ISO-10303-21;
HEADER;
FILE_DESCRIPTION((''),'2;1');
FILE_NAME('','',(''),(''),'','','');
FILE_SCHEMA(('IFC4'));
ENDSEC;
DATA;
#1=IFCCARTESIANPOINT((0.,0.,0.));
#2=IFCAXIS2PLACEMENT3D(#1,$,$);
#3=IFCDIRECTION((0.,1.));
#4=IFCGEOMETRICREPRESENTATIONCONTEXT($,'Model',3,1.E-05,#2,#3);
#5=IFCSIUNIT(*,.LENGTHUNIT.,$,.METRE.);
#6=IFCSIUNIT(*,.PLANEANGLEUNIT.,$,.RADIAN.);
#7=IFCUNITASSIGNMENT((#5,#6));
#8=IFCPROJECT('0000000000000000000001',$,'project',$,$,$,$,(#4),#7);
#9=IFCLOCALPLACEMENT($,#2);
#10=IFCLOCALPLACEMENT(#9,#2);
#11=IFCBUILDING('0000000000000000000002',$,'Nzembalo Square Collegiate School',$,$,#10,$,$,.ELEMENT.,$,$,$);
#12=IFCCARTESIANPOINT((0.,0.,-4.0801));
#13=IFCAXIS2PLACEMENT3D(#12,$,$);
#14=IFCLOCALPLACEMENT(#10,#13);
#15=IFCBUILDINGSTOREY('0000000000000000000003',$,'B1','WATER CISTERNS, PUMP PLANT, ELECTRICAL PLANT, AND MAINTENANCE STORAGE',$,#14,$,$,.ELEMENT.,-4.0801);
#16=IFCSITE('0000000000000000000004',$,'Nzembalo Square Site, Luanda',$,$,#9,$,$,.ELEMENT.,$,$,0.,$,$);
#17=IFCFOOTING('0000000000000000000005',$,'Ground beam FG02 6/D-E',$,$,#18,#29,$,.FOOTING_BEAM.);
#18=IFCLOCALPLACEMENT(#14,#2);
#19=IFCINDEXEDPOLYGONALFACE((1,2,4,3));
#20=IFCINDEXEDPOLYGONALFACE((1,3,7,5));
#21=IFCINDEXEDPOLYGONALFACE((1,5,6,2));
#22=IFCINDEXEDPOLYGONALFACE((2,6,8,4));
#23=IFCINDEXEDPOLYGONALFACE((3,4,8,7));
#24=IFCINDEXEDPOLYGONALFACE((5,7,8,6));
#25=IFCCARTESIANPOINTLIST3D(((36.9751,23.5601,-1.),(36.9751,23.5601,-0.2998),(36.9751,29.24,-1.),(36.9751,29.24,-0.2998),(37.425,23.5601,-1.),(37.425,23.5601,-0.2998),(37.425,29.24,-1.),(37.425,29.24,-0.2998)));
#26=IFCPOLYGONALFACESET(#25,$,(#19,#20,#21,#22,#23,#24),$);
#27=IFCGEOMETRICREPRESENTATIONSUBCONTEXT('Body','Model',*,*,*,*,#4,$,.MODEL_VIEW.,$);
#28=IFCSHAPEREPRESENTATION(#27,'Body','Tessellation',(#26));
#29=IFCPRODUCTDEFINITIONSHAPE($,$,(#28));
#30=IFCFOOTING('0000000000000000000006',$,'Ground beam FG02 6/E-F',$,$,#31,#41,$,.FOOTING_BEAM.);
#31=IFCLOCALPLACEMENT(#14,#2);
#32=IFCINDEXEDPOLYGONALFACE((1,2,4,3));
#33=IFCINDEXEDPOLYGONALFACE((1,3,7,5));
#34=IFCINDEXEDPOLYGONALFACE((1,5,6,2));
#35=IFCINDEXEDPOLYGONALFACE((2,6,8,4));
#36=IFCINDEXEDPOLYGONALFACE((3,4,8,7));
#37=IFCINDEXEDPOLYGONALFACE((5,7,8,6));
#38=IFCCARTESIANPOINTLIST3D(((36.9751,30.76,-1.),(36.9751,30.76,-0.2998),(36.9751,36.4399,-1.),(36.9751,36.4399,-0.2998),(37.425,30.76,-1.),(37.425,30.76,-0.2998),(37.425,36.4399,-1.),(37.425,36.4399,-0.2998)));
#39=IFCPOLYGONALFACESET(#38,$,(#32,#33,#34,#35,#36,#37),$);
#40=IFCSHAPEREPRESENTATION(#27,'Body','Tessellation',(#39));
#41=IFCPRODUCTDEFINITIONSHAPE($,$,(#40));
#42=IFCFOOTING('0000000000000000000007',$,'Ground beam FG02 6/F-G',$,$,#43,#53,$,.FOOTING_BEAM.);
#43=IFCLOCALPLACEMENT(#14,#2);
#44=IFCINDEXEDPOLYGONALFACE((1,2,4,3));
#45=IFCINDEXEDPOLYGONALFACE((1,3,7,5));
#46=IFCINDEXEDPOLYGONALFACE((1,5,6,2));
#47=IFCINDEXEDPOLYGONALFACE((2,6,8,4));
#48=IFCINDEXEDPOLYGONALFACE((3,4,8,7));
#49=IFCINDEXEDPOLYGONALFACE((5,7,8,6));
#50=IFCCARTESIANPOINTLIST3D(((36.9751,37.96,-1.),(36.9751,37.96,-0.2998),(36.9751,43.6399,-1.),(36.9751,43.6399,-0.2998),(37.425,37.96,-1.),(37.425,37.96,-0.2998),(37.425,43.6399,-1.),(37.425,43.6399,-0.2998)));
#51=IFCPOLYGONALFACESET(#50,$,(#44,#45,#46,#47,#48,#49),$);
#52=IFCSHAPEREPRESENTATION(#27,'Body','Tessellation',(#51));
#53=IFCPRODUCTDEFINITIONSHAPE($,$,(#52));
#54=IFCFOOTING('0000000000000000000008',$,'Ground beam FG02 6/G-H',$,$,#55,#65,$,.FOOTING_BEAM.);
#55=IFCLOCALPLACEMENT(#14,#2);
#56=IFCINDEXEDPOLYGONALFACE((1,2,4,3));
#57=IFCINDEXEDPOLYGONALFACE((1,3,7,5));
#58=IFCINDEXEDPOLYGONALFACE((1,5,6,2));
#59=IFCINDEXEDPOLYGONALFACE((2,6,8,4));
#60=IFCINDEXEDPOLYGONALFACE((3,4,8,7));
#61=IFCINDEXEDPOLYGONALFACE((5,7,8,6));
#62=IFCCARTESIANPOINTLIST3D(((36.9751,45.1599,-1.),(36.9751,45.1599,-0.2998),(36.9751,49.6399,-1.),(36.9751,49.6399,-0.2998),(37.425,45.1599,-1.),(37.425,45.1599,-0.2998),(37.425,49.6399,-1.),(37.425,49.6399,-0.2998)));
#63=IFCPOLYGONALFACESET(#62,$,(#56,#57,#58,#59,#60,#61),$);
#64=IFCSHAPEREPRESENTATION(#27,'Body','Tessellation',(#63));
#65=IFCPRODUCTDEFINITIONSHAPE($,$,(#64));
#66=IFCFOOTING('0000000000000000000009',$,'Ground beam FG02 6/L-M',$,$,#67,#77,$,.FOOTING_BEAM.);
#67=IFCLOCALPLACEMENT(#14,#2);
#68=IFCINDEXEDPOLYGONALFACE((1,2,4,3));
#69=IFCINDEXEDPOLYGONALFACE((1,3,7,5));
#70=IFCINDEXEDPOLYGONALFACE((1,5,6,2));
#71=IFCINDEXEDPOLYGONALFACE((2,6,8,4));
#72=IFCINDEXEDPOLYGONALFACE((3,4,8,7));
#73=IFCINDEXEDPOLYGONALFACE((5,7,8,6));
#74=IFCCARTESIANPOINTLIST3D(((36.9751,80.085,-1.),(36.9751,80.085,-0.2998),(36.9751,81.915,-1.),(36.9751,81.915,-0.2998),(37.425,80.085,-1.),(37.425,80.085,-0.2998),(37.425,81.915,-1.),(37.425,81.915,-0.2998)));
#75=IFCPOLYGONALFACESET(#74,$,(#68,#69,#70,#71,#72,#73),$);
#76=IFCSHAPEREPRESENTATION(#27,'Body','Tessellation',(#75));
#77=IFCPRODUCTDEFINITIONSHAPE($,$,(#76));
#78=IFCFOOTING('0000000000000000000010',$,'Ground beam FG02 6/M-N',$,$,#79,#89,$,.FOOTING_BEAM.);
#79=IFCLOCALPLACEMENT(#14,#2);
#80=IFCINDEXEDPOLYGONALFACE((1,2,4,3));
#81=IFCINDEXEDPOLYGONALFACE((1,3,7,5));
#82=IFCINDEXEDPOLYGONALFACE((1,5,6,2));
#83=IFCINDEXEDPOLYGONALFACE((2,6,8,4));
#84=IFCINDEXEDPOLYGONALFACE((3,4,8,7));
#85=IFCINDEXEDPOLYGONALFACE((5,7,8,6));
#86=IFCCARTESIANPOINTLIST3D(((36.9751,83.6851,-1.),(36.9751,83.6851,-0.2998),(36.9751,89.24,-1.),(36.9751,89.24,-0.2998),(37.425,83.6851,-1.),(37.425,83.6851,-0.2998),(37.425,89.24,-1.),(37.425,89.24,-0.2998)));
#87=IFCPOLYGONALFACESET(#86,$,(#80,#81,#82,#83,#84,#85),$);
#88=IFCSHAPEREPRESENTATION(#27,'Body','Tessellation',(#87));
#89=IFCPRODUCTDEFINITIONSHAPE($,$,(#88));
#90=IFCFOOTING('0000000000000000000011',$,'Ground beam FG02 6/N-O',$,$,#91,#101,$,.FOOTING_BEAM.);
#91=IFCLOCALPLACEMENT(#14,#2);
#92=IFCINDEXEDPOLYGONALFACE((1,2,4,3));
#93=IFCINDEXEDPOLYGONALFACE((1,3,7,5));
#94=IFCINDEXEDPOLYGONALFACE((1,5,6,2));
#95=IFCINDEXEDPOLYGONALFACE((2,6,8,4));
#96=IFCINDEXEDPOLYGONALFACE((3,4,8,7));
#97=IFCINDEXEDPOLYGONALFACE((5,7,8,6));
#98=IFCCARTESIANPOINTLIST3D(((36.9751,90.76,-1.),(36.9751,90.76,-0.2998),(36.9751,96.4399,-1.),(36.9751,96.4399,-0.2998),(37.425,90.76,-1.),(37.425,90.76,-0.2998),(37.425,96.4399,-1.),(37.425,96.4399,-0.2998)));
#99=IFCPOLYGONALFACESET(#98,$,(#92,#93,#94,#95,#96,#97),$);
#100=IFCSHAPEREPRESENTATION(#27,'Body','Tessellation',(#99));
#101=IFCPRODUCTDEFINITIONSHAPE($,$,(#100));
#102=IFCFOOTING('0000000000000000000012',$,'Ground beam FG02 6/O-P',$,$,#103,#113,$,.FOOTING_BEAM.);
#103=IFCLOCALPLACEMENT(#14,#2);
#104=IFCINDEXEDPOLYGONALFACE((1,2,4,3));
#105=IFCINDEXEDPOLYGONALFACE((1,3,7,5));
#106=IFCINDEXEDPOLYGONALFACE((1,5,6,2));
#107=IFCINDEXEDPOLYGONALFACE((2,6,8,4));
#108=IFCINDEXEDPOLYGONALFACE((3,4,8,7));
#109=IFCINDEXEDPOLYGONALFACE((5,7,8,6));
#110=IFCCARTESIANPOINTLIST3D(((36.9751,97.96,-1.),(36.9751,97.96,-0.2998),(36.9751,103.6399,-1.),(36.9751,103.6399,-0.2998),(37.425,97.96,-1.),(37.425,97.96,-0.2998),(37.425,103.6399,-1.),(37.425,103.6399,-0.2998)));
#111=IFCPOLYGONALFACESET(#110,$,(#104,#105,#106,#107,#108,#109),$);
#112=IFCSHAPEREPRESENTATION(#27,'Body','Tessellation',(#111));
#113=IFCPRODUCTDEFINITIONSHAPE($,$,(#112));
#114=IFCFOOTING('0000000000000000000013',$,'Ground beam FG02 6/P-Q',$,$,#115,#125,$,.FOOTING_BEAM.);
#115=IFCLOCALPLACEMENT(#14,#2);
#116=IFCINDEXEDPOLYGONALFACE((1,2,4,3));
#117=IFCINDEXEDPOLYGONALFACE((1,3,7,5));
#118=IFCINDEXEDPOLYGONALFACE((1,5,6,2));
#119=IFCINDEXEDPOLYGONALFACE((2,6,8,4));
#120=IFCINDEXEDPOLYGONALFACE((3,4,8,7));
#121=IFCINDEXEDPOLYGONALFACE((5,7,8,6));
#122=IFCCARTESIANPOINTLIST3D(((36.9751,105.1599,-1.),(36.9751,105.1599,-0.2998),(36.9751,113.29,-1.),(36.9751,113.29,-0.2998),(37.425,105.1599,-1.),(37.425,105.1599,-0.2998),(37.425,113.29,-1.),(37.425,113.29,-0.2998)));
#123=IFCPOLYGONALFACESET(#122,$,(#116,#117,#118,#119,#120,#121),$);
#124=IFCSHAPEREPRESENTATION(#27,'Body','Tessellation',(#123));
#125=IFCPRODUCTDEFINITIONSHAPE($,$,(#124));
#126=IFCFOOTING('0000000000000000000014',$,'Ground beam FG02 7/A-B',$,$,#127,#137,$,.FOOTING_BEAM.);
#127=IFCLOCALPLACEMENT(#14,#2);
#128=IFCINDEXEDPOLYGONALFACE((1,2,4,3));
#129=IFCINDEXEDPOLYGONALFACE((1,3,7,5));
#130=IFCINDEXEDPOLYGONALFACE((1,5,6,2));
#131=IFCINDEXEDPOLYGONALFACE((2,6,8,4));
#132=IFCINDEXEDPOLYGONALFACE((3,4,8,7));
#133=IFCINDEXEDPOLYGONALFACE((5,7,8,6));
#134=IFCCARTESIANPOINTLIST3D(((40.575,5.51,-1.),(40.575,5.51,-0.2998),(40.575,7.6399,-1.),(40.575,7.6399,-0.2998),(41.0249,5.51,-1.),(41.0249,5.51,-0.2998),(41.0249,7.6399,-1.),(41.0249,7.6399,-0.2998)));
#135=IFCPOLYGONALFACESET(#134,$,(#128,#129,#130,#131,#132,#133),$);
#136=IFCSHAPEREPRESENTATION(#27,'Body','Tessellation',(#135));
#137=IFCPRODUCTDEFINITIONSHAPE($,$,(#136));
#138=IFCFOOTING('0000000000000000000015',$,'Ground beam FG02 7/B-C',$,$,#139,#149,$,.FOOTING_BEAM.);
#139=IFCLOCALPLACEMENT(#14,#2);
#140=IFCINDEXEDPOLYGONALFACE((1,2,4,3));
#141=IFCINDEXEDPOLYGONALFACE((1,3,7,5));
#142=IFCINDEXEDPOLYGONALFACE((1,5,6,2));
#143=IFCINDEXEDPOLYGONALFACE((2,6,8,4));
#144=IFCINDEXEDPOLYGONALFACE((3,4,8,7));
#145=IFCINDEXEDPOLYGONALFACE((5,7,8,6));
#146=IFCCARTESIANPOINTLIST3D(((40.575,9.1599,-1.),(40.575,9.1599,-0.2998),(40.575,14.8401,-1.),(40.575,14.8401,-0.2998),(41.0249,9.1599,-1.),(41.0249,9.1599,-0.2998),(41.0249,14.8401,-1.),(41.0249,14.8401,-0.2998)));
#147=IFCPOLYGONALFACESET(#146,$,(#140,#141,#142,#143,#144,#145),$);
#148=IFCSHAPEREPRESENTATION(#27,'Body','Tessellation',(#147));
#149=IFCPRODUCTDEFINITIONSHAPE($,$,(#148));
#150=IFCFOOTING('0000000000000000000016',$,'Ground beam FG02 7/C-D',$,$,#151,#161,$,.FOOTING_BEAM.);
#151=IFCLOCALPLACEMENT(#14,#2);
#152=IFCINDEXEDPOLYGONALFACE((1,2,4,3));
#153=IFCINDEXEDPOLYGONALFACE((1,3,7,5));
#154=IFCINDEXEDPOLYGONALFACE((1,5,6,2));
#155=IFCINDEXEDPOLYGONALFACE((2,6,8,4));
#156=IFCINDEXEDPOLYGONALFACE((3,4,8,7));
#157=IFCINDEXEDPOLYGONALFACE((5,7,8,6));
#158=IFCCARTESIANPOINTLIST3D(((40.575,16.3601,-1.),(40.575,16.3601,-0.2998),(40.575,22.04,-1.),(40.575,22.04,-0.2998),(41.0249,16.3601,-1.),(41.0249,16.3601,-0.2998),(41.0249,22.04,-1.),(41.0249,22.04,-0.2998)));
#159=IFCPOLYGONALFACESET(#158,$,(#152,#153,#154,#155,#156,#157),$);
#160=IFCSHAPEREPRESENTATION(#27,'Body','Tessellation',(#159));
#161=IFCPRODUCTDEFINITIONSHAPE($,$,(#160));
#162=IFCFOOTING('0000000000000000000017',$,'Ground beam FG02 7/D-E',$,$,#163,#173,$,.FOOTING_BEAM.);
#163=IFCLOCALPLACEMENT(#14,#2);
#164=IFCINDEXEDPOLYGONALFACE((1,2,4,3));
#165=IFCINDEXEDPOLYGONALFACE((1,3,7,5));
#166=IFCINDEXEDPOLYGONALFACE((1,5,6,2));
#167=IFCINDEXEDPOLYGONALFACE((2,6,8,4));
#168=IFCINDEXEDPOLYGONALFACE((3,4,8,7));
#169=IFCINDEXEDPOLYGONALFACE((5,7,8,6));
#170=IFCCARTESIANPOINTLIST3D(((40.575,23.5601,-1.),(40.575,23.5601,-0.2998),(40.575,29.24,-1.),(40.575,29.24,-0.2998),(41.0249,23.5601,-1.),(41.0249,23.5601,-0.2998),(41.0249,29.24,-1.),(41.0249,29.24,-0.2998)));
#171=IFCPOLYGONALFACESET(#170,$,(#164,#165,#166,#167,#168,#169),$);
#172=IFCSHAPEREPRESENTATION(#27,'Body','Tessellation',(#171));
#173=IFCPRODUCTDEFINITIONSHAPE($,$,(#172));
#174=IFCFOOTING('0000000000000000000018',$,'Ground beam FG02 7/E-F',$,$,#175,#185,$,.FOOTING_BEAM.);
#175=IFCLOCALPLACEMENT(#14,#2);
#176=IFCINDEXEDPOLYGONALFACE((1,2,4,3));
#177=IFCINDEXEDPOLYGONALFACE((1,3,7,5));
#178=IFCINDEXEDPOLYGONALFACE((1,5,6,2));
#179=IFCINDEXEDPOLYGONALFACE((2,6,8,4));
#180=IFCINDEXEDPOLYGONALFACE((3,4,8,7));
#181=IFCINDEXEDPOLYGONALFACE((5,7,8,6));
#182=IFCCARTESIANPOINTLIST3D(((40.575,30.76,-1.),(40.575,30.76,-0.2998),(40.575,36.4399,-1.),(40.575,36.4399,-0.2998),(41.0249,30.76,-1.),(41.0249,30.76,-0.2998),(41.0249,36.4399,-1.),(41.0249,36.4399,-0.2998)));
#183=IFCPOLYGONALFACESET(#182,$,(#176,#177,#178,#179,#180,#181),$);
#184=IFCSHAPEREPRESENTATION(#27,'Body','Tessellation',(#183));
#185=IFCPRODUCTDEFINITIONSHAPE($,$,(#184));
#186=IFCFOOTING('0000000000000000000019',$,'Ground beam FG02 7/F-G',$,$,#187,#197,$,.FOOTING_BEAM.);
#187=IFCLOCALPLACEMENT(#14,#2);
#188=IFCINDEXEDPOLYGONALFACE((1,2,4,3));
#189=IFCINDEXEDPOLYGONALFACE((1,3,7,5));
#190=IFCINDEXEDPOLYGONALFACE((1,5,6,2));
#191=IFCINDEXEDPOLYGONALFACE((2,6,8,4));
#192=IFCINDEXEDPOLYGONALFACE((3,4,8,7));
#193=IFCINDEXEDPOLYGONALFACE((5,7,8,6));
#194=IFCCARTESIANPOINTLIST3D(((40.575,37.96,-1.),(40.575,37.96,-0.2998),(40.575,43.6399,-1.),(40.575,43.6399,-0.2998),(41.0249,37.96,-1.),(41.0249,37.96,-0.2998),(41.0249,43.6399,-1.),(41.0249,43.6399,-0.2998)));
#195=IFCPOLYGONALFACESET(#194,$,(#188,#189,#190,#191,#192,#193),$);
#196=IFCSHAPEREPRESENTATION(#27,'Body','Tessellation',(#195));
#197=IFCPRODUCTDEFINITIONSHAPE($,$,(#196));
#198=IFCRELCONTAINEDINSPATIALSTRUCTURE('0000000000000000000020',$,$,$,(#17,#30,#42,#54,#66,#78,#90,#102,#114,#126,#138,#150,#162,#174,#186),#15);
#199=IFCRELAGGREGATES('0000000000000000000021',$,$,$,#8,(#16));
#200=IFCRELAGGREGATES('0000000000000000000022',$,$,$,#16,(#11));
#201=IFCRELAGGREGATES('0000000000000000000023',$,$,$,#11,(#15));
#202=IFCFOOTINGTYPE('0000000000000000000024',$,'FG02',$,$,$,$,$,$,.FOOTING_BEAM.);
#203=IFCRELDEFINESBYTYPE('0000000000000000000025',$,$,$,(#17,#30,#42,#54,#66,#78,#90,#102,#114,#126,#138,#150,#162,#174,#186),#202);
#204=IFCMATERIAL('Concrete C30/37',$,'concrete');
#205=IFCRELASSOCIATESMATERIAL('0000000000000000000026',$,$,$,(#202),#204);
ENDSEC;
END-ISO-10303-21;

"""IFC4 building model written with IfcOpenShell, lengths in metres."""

from ifc_helpers import new_model, si_unit, direction, frame, origin, place, context, subcontext, project, spatial, polyline, outline, extrude, material, type_object, element, save


model = new_model("IFC4")

# Units and contexts
model_context = context("Model", 3, precision=1e-05, world=origin(), true_north=direction((0.0, 1.0)))
body_context = subcontext(model_context, "Body", "Model", "MODEL_VIEW")
ifc_project = project(units=[si_unit("LENGTHUNIT", "METRE"), si_unit("PLANEANGLEUNIT", "RADIAN")], contexts=[model_context])

# Site, building, storey
site_placement = place(None, origin())
site = spatial("IfcSite", under=ifc_project, at=site_placement, Name="Nzembalo Square Site, Luanda", CompositionType="ELEMENT", RefElevation=0.0)
building_placement = place(site_placement, origin())
building = spatial("IfcBuilding", under=site, at=building_placement, Name="Nzembalo Square Collegiate School", CompositionType="ELEMENT")
storey_placement = place(building_placement, frame((0.0, 0.0, -4.0801)))
storey = spatial("IfcBuildingStorey", under=building, at=storey_placement, Name="B1", Description="WATER CISTERNS, PUMP PLANT, ELECTRICAL PLANT, AND MAINTENANCE STORAGE", CompositionType="ELEMENT", Elevation=-4.0801)

# Footings
ifc_material = material(Name="Concrete C30/37", Category="concrete")
footing_type = type_object("IfcFootingType", Name="FG02", PredefinedType="FOOTING_BEAM", material=ifc_material)
footing_1_placement = place(storey_placement, frame((0.0, 0.0, -1.0)))
element("IfcFooting", 1, at=footing_1_placement, inside=storey, type_object=footing_type, Name="Ground beam FG02 6/D-E", PredefinedType="FOOTING_BEAM", context=body_context, shape_type="SweptSolid", body=[
    extrude(outline(polyline([(36.9751, 23.5601), (37.425, 23.5601), (37.425, 29.24), (36.9751, 29.24), (36.9751, 23.5601)])), origin(), (0.0, 0.0, 1.0), 0.7002),
])
footing_2_placement = place(storey_placement, frame((0.0, 0.0, -1.0)))
element("IfcFooting", 2, at=footing_2_placement, inside=storey, type_object=footing_type, Name="Ground beam FG02 6/E-F", PredefinedType="FOOTING_BEAM", context=body_context, shape_type="SweptSolid", body=[
    extrude(outline(polyline([(36.9751, 30.76), (37.425, 30.76), (37.425, 36.4399), (36.9751, 36.4399), (36.9751, 30.76)])), origin(), (0.0, 0.0, 1.0), 0.7002),
])
footing_3_placement = place(storey_placement, frame((0.0, 0.0, -1.0)))
element("IfcFooting", 3, at=footing_3_placement, inside=storey, type_object=footing_type, Name="Ground beam FG02 6/F-G", PredefinedType="FOOTING_BEAM", context=body_context, shape_type="SweptSolid", body=[
    extrude(outline(polyline([(36.9751, 37.96), (37.425, 37.96), (37.425, 43.6399), (36.9751, 43.6399), (36.9751, 37.96)])), origin(), (0.0, 0.0, 1.0), 0.7002),
])
footing_4_placement = place(storey_placement, frame((0.0, 0.0, -1.0)))
element("IfcFooting", 4, at=footing_4_placement, inside=storey, type_object=footing_type, Name="Ground beam FG02 6/G-H", PredefinedType="FOOTING_BEAM", context=body_context, shape_type="SweptSolid", body=[
    extrude(outline(polyline([(36.9751, 45.1599), (37.425, 45.1599), (37.425, 49.6399), (36.9751, 49.6399), (36.9751, 45.1599)])), origin(), (0.0, 0.0, 1.0), 0.7002),
])
footing_5_placement = place(storey_placement, frame((0.0, 0.0, -1.0)))
element("IfcFooting", 5, at=footing_5_placement, inside=storey, type_object=footing_type, Name="Ground beam FG02 6/L-M", PredefinedType="FOOTING_BEAM", context=body_context, shape_type="SweptSolid", body=[
    extrude(outline(polyline([(36.9751, 80.085), (37.425, 80.085), (37.425, 81.915), (36.9751, 81.915), (36.9751, 80.085)])), origin(), (0.0, 0.0, 1.0), 0.7002),
])
footing_6_placement = place(storey_placement, frame((0.0, 0.0, -1.0)))
element("IfcFooting", 6, at=footing_6_placement, inside=storey, type_object=footing_type, Name="Ground beam FG02 6/M-N", PredefinedType="FOOTING_BEAM", context=body_context, shape_type="SweptSolid", body=[
    extrude(outline(polyline([(36.9751, 83.6851), (37.425, 83.6851), (37.425, 89.24), (36.9751, 89.24), (36.9751, 83.6851)])), origin(), (0.0, 0.0, 1.0), 0.7002),
])
footing_7_placement = place(storey_placement, frame((0.0, 0.0, -1.0)))
element("IfcFooting", 7, at=footing_7_placement, inside=storey, type_object=footing_type, Name="Ground beam FG02 6/N-O", PredefinedType="FOOTING_BEAM", context=body_context, shape_type="SweptSolid", body=[
    extrude(outline(polyline([(36.9751, 90.76), (37.425, 90.76), (37.425, 96.4399), (36.9751, 96.4399), (36.9751, 90.76)])), origin(), (0.0, 0.0, 1.0), 0.7002),
])
footing_8_placement = place(storey_placement, frame((0.0, 0.0, -1.0)))
element("IfcFooting", 8, at=footing_8_placement, inside=storey, type_object=footing_type, Name="Ground beam FG02 6/O-P", PredefinedType="FOOTING_BEAM", context=body_context, shape_type="SweptSolid", body=[
    extrude(outline(polyline([(36.9751, 97.96), (37.425, 97.96), (37.425, 103.6399), (36.9751, 103.6399), (36.9751, 97.96)])), origin(), (0.0, 0.0, 1.0), 0.7002),
])
footing_9_placement = place(storey_placement, frame((0.0, 0.0, -1.0)))
element("IfcFooting", 9, at=footing_9_placement, inside=storey, type_object=footing_type, Name="Ground beam FG02 6/P-Q", PredefinedType="FOOTING_BEAM", context=body_context, shape_type="SweptSolid", body=[
    extrude(outline(polyline([(36.9751, 105.1599), (37.425, 105.1599), (37.425, 113.29), (36.9751, 113.29), (36.9751, 105.1599)])), origin(), (0.0, 0.0, 1.0), 0.7002),
])
footing_10_placement = place(storey_placement, frame((0.0, 0.0, -1.0)))
element("IfcFooting", 10, at=footing_10_placement, inside=storey, type_object=footing_type, Name="Ground beam FG02 7/A-B", PredefinedType="FOOTING_BEAM", context=body_context, shape_type="SweptSolid", body=[
    extrude(outline(polyline([(40.575, 5.51), (41.0249, 5.51), (41.0249, 7.6399), (40.575, 7.6399), (40.575, 5.51)])), origin(), (0.0, 0.0, 1.0), 0.7002),
])
footing_11_placement = place(storey_placement, frame((0.0, 0.0, -1.0)))
element("IfcFooting", 11, at=footing_11_placement, inside=storey, type_object=footing_type, Name="Ground beam FG02 7/B-C", PredefinedType="FOOTING_BEAM", context=body_context, shape_type="SweptSolid", body=[
    extrude(outline(polyline([(40.575, 9.1599), (41.0249, 9.1599), (41.0249, 14.8401), (40.575, 14.8401), (40.575, 9.1599)])), origin(), (0.0, 0.0, 1.0), 0.7002),
])
footing_12_placement = place(storey_placement, frame((0.0, 0.0, -1.0)))
element("IfcFooting", 12, at=footing_12_placement, inside=storey, type_object=footing_type, Name="Ground beam FG02 7/C-D", PredefinedType="FOOTING_BEAM", context=body_context, shape_type="SweptSolid", body=[
    extrude(outline(polyline([(40.575, 16.3601), (41.0249, 16.3601), (41.0249, 22.04), (40.575, 22.04), (40.575, 16.3601)])), origin(), (0.0, 0.0, 1.0), 0.7002),
])
footing_13_placement = place(storey_placement, frame((0.0, 0.0, -1.0)))
element("IfcFooting", 13, at=footing_13_placement, inside=storey, type_object=footing_type, Name="Ground beam FG02 7/D-E", PredefinedType="FOOTING_BEAM", context=body_context, shape_type="SweptSolid", body=[
    extrude(outline(polyline([(40.575, 23.5601), (41.0249, 23.5601), (41.0249, 29.24), (40.575, 29.24), (40.575, 23.5601)])), origin(), (0.0, 0.0, 1.0), 0.7002),
])
footing_14_placement = place(storey_placement, frame((0.0, 0.0, -1.0)))
element("IfcFooting", 14, at=footing_14_placement, inside=storey, type_object=footing_type, Name="Ground beam FG02 7/E-F", PredefinedType="FOOTING_BEAM", context=body_context, shape_type="SweptSolid", body=[
    extrude(outline(polyline([(40.575, 30.76), (41.0249, 30.76), (41.0249, 36.4399), (40.575, 36.4399), (40.575, 30.76)])), origin(), (0.0, 0.0, 1.0), 0.7002),
])
footing_15_placement = place(storey_placement, frame((0.0, 0.0, -1.0)))
element("IfcFooting", 15, at=footing_15_placement, inside=storey, type_object=footing_type, Name="Ground beam FG02 7/F-G", PredefinedType="FOOTING_BEAM", context=body_context, shape_type="SweptSolid", body=[
    extrude(outline(polyline([(40.575, 37.96), (41.0249, 37.96), (41.0249, 43.6399), (40.575, 43.6399), (40.575, 37.96)])), origin(), (0.0, 0.0, 1.0), 0.7002),
])

save(model, "model.ifc")
